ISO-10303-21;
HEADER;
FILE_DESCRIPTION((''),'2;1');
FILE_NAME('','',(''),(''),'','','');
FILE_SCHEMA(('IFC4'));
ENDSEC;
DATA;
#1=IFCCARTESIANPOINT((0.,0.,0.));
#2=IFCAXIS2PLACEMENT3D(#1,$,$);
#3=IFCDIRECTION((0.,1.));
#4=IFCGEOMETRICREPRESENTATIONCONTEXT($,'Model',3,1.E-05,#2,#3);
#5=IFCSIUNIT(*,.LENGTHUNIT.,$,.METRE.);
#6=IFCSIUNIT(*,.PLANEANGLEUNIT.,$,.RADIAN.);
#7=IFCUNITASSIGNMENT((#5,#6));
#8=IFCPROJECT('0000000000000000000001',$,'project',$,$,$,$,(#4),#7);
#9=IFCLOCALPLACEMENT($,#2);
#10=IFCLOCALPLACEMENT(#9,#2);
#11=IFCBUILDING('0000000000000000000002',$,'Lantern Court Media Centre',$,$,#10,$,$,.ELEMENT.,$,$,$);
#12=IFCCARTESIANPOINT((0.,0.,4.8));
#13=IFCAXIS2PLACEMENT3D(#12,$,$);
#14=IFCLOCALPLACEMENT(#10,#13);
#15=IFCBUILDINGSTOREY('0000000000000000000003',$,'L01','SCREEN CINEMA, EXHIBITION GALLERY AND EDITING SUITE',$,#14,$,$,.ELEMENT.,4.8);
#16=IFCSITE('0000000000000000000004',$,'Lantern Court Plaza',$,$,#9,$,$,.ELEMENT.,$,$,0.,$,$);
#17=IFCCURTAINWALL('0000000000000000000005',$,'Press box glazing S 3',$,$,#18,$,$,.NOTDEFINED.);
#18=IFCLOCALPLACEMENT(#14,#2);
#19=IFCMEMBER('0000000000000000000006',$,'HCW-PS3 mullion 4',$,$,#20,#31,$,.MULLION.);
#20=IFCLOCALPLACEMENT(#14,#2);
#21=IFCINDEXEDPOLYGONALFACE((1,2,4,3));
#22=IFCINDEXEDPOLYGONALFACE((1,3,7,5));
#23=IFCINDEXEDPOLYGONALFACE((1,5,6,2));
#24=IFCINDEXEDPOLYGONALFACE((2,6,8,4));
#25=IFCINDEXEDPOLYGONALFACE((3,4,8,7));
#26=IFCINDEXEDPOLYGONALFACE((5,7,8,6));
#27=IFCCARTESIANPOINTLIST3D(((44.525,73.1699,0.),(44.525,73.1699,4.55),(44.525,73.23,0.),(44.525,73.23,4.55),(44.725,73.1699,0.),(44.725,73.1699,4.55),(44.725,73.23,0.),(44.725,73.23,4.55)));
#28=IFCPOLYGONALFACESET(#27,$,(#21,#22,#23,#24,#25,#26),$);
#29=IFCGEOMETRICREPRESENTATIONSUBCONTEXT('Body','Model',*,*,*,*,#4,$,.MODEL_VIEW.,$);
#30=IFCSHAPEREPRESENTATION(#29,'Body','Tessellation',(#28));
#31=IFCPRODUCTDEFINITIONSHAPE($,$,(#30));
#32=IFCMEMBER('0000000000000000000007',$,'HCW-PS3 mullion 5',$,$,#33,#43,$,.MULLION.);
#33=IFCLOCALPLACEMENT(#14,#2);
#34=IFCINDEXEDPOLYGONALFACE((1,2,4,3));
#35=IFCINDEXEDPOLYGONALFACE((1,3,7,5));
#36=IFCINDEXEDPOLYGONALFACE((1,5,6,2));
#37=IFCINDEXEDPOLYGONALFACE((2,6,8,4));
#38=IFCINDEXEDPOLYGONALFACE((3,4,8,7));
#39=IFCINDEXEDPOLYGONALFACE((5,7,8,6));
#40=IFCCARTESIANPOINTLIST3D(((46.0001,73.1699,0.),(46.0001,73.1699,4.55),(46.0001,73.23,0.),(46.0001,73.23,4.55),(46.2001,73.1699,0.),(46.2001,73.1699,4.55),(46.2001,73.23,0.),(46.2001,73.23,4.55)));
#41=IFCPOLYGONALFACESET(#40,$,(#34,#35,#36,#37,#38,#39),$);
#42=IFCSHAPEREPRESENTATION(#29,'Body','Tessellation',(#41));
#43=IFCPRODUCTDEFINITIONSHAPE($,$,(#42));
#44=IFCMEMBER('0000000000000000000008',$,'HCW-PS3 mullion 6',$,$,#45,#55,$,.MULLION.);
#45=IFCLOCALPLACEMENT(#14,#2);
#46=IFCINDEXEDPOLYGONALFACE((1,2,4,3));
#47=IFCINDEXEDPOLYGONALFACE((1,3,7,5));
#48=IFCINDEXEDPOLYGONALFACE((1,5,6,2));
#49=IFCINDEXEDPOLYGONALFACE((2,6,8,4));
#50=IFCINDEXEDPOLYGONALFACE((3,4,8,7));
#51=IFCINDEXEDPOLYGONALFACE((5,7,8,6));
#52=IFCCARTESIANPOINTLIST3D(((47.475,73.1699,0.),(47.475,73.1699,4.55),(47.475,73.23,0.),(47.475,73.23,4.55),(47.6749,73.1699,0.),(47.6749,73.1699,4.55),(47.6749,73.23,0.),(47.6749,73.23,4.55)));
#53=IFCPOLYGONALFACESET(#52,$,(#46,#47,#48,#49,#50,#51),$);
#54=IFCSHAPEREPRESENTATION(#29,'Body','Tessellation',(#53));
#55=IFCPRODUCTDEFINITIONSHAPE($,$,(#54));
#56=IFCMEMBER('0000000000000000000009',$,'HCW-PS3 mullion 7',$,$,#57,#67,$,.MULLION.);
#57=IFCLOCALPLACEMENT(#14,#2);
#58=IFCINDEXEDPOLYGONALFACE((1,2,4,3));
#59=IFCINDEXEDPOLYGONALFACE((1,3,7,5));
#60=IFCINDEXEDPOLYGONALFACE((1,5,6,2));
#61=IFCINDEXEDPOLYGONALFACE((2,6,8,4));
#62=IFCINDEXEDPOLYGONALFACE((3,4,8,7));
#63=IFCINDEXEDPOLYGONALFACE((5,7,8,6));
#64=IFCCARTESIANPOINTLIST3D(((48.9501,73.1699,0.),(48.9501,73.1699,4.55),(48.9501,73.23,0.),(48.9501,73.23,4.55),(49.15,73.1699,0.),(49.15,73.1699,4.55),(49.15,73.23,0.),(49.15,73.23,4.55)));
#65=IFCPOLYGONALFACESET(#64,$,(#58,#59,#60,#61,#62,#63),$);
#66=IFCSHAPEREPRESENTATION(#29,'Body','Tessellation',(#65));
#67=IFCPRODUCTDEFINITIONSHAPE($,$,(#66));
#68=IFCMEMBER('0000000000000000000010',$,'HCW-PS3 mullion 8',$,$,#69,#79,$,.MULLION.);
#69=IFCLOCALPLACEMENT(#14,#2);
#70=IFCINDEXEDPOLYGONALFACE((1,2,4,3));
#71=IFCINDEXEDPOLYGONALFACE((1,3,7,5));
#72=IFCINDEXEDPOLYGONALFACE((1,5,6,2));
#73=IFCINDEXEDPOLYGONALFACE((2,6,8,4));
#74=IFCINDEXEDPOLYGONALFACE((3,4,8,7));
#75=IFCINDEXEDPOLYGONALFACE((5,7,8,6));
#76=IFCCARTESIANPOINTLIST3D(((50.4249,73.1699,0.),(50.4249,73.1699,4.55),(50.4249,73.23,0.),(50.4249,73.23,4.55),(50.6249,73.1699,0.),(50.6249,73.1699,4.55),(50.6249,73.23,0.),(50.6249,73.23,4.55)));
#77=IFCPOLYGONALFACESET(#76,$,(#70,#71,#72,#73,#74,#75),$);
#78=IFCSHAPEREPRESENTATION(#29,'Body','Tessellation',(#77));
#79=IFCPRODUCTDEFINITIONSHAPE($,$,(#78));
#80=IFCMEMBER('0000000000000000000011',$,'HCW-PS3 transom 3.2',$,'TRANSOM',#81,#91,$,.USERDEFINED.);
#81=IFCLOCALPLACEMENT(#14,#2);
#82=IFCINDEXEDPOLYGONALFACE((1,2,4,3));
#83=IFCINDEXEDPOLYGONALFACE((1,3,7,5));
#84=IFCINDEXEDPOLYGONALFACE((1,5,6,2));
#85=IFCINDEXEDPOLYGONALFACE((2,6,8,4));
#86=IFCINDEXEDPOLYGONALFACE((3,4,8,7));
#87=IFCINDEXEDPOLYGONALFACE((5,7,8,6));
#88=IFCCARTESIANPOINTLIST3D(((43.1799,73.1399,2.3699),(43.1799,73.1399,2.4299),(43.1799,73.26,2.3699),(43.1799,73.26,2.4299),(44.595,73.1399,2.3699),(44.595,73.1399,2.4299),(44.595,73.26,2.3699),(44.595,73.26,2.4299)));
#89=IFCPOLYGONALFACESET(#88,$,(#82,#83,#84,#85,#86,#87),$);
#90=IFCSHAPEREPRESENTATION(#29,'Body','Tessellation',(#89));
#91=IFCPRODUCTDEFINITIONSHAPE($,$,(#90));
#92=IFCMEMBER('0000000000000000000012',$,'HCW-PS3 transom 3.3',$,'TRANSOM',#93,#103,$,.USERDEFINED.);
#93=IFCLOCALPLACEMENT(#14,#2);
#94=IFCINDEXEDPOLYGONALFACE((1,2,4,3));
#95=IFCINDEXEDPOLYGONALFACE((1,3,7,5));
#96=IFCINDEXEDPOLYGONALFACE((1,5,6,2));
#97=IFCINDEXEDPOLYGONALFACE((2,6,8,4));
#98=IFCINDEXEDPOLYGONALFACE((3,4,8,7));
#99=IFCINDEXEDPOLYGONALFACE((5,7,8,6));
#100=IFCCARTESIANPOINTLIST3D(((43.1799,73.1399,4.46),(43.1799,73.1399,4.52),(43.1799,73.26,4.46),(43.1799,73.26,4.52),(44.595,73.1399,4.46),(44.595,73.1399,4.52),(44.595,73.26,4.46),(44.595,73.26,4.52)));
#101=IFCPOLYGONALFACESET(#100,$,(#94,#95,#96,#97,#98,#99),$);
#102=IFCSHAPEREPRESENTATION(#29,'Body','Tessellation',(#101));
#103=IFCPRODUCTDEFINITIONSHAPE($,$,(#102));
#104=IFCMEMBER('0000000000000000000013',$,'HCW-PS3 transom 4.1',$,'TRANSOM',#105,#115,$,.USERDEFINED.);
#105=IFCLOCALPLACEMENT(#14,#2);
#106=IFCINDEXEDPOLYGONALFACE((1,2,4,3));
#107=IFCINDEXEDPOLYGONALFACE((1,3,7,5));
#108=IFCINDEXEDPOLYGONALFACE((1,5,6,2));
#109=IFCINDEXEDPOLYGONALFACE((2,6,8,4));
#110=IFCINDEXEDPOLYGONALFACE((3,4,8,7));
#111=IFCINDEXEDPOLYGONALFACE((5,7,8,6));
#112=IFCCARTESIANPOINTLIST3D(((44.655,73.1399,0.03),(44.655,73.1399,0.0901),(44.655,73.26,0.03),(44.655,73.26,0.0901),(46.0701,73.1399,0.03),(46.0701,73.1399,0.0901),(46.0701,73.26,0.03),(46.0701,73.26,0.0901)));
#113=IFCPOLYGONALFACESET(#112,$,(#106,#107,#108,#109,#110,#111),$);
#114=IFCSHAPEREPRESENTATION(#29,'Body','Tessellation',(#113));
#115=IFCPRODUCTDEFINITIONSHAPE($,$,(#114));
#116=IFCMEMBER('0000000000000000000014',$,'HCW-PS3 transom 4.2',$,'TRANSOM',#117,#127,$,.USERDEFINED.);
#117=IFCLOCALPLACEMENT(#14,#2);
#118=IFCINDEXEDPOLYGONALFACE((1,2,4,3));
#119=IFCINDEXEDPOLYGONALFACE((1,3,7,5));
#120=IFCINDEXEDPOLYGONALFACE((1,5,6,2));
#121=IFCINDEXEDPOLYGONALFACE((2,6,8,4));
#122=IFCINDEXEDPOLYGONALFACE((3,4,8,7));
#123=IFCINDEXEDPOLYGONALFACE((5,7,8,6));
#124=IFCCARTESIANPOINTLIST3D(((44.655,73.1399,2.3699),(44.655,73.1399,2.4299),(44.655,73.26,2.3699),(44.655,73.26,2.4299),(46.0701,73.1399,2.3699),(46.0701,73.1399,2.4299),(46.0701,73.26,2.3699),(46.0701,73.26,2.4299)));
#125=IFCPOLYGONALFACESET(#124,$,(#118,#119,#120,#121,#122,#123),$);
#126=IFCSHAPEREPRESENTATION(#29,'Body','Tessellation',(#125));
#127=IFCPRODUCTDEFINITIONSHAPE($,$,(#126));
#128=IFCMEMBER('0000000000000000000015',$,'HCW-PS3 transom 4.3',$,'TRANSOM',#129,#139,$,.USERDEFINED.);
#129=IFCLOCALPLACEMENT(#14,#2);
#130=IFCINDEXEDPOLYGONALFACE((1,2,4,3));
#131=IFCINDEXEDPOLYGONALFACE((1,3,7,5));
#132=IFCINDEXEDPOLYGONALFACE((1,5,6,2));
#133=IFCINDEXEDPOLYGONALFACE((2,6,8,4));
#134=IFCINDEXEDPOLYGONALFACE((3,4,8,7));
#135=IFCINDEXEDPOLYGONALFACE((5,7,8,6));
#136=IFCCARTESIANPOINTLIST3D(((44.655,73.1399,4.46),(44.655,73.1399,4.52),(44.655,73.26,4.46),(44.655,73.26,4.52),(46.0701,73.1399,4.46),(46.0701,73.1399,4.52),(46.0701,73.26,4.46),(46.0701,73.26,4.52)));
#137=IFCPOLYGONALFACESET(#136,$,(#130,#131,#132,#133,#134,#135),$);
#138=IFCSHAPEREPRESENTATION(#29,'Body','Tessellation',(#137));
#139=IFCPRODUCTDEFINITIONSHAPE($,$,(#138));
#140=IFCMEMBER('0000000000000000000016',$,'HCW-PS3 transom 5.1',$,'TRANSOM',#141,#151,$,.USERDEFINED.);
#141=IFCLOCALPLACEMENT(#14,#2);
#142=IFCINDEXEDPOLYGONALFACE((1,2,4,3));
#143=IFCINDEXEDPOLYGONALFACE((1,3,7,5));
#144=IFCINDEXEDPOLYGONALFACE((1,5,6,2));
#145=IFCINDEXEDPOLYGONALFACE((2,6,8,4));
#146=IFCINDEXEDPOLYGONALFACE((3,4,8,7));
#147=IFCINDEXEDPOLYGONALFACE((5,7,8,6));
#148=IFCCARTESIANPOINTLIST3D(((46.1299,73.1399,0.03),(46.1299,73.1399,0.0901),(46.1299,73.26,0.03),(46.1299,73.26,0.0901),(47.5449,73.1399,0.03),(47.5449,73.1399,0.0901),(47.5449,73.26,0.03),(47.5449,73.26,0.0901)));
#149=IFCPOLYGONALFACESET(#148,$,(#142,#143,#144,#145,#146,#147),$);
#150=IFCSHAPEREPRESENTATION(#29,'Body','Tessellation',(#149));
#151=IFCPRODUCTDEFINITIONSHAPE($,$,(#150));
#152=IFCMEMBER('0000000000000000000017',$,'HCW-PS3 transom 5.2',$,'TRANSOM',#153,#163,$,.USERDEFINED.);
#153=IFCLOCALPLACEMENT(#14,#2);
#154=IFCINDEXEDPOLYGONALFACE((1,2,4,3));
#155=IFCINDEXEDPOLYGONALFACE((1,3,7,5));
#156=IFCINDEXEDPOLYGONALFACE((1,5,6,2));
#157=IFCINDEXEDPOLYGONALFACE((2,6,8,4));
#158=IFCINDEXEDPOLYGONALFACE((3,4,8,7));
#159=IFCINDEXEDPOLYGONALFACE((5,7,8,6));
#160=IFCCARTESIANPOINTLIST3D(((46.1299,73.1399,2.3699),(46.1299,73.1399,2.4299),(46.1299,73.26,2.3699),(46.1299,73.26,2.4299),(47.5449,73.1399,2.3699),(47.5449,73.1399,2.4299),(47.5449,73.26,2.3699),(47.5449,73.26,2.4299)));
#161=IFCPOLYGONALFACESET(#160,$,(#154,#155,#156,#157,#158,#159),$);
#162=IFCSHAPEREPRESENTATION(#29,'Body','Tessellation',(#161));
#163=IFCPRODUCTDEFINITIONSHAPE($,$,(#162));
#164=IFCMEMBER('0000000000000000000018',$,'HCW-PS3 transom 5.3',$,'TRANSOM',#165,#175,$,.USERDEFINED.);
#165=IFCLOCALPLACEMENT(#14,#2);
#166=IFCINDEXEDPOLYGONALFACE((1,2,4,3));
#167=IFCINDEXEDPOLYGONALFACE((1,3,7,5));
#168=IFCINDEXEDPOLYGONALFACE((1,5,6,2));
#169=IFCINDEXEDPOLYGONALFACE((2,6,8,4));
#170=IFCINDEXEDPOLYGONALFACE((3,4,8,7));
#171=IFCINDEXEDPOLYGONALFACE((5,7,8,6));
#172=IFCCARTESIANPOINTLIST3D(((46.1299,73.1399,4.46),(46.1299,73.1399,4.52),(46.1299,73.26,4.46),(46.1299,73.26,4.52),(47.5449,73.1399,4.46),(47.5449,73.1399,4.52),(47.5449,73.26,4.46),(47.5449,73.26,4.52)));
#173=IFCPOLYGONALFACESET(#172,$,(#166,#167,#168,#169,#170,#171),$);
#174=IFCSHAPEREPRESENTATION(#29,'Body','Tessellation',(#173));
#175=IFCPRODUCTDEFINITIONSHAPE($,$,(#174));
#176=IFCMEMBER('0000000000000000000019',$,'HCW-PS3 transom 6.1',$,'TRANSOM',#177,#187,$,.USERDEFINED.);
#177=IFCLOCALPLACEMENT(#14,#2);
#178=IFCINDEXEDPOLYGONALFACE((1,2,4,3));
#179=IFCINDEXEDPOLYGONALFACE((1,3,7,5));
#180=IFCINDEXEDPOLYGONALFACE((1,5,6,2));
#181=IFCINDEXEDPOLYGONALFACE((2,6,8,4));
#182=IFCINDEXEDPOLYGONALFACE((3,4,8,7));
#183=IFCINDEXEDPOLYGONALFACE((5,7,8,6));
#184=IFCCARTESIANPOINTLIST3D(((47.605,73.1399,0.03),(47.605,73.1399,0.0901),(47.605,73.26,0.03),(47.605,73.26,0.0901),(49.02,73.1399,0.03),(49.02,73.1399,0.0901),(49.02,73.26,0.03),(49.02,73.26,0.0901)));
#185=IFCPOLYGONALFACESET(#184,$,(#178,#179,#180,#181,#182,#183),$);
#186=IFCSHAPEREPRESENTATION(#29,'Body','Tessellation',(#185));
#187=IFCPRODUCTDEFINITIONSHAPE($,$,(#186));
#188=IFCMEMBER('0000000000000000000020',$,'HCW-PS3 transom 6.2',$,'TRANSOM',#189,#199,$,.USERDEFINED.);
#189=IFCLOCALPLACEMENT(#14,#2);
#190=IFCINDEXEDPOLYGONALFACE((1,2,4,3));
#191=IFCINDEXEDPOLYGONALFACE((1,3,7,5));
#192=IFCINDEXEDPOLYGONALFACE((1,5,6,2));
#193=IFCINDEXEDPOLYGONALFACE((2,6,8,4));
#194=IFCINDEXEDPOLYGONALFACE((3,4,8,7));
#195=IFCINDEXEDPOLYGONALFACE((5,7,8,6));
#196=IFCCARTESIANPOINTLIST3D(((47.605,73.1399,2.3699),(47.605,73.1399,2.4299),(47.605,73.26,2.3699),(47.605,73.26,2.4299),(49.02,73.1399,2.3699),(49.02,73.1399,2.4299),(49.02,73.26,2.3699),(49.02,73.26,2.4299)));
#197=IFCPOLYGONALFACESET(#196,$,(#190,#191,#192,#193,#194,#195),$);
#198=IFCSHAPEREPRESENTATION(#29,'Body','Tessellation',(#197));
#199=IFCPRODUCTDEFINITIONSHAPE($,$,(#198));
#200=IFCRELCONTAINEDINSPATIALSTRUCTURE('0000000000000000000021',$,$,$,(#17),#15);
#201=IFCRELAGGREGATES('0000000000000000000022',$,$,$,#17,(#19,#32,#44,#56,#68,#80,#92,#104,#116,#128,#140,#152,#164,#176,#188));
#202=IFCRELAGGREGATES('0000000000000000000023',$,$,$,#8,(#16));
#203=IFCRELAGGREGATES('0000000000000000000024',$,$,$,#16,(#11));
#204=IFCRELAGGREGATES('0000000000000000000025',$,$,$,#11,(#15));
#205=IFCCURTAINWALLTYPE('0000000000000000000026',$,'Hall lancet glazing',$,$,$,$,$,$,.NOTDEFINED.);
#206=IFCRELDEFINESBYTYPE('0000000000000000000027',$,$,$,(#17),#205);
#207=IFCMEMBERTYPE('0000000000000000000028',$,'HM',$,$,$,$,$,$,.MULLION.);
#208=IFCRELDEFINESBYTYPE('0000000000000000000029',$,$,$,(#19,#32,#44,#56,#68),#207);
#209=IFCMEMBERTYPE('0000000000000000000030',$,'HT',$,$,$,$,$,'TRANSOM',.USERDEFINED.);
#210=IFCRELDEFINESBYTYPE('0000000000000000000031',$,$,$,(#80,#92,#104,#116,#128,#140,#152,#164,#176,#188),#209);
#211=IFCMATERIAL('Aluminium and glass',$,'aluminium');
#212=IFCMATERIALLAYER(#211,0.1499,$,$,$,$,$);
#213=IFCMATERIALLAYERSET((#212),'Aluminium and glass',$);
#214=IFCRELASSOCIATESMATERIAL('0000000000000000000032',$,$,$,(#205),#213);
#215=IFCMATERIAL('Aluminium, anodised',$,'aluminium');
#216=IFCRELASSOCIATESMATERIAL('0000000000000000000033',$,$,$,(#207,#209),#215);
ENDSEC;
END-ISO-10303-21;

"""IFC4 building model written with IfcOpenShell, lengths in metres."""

from ifc_helpers import new_model, si_unit, direction, frame, origin, origin_2d, place, context, subcontext, project, spatial, rectangle, extrude, material, layer, layer_set, material_profile, profile_set, type_object, element, aggregate, save


model = new_model("IFC4")

# Units and contexts
model_context = context("Model", 3, precision=1e-05, world=origin(), true_north=direction((0.0, 1.0)))
body_context = subcontext(model_context, "Body", "Model", "MODEL_VIEW")
ifc_project = project(units=[si_unit("LENGTHUNIT", "METRE"), si_unit("PLANEANGLEUNIT", "RADIAN")], contexts=[model_context])

# Site, building, storey
site_placement = place(None, origin())
site = spatial("IfcSite", under=ifc_project, at=site_placement, Name="Lantern Court Plaza", CompositionType="ELEMENT", RefElevation=0.0)
building_placement = place(site_placement, origin())
building = spatial("IfcBuilding", under=site, at=building_placement, Name="Lantern Court Media Centre", CompositionType="ELEMENT")
storey_placement = place(building_placement, frame((0.0, 0.0, 4.8)))
storey = spatial("IfcBuildingStorey", under=building, at=storey_placement, Name="L01", Description="SCREEN CINEMA, EXHIBITION GALLERY AND EDITING SUITE", CompositionType="ELEMENT", Elevation=4.8)

# Curtain wall, members
ifc_material_1 = material(Name="Aluminium and glass", Category="aluminium")
ifc_layer_1 = layer(ifc_material_1, 0.1499)
ifc_layer_set_1 = layer_set([ifc_layer_1], Name="Aluminium and glass")
curtain_wall_type = type_object("IfcCurtainWallType", Name="Hall lancet glazing", PredefinedType="NOTDEFINED", material=ifc_layer_set_1)
curtain_wall_placement = place(storey_placement, origin())
curtain_wall = element("IfcCurtainWall", 1, at=curtain_wall_placement, inside=storey, type_object=curtain_wall_type, Name="Press box glazing S 3", PredefinedType="NOTDEFINED")
ifc_material_2 = material(Name="Aluminium, anodised", Category="aluminium")
ifc_material_profile_1 = material_profile(ifc_material_2, rectangle(XDim=0.0601, YDim=0.2, at=origin_2d()), Name="HM")
ifc_profile_set_1 = profile_set([ifc_material_profile_1], Name="Aluminium, anodised")
member_type_1 = type_object("IfcMemberType", Name="HM", PredefinedType="MULLION", material=ifc_profile_set_1)
member_1_placement = place(storey_placement, frame((44.625, 73.2, 0.0), z_axis=(0.0, 0.0, 1.0), x_axis=(0.0, 1.0, 0.0)))
member_1 = element("IfcMember", 2, at=member_1_placement, type_object=member_type_1, Name="HCW-PS3 mullion 4", PredefinedType="MULLION", context=body_context, shape_type="SweptSolid", body=[
    extrude(rectangle(XDim=0.0601, YDim=0.2, at=origin_2d()), origin(), (0.0, 0.0, 1.0), 4.55),
])
member_2_placement = place(storey_placement, frame((46.1001, 73.2, 0.0), z_axis=(0.0, 0.0, 1.0), x_axis=(0.0, 1.0, 0.0)))
member_2 = element("IfcMember", 3, at=member_2_placement, type_object=member_type_1, Name="HCW-PS3 mullion 5", PredefinedType="MULLION", context=body_context, shape_type="SweptSolid", body=[
    extrude(rectangle(XDim=0.0601, YDim=0.2, at=origin_2d()), origin(), (0.0, 0.0, 1.0), 4.55),
])
member_3_placement = place(storey_placement, frame((47.575, 73.2, 0.0), z_axis=(0.0, 0.0, 1.0), x_axis=(0.0, 1.0, 0.0)))
member_3 = element("IfcMember", 4, at=member_3_placement, type_object=member_type_1, Name="HCW-PS3 mullion 6", PredefinedType="MULLION", context=body_context, shape_type="SweptSolid", body=[
    extrude(rectangle(XDim=0.0601, YDim=0.2, at=origin_2d()), origin(), (0.0, 0.0, 1.0), 4.55),
])
member_4_placement = place(storey_placement, frame((49.05, 73.2, 0.0), z_axis=(0.0, 0.0, 1.0), x_axis=(0.0, 1.0, 0.0)))
member_4 = element("IfcMember", 5, at=member_4_placement, type_object=member_type_1, Name="HCW-PS3 mullion 7", PredefinedType="MULLION", context=body_context, shape_type="SweptSolid", body=[
    extrude(rectangle(XDim=0.0601, YDim=0.2, at=origin_2d()), origin(), (0.0, 0.0, 1.0), 4.55),
])
member_5_placement = place(storey_placement, frame((50.5249, 73.2, 0.0), z_axis=(0.0, 0.0, 1.0), x_axis=(0.0, 1.0, 0.0)))
member_5 = element("IfcMember", 6, at=member_5_placement, type_object=member_type_1, Name="HCW-PS3 mullion 8", PredefinedType="MULLION", context=body_context, shape_type="SweptSolid", body=[
    extrude(rectangle(XDim=0.0601, YDim=0.2, at=origin_2d()), origin(), (0.0, 0.0, 1.0), 4.55),
])
ifc_material_profile_2 = material_profile(ifc_material_2, rectangle(XDim=0.1201, YDim=0.0601, at=origin_2d()), Name="HT")
ifc_profile_set_2 = profile_set([ifc_material_profile_2], Name="Aluminium, anodised")
member_type_2 = type_object("IfcMemberType", Name="HT", ElementType="TRANSOM", PredefinedType="USERDEFINED", material=ifc_profile_set_2)
member_6_placement = place(storey_placement, frame((43.1799, 73.2, 2.3999), z_axis=(1.0, 0.0, 0.0), x_axis=(0.0, 1.0, 0.0)))
member_6 = element("IfcMember", 7, at=member_6_placement, type_object=member_type_2, Name="HCW-PS3 transom 3.2", ObjectType="TRANSOM", PredefinedType="USERDEFINED", context=body_context, shape_type="SweptSolid", body=[
    extrude(rectangle(XDim=0.1201, YDim=0.0601, at=origin_2d()), origin(), (0.0, 0.0, 1.0), 1.415),
])
member_7_placement = place(storey_placement, frame((43.1799, 73.2, 4.49), z_axis=(1.0, 0.0, 0.0), x_axis=(0.0, 1.0, 0.0)))
member_7 = element("IfcMember", 8, at=member_7_placement, type_object=member_type_2, Name="HCW-PS3 transom 3.3", ObjectType="TRANSOM", PredefinedType="USERDEFINED", context=body_context, shape_type="SweptSolid", body=[
    extrude(rectangle(XDim=0.1201, YDim=0.0601, at=origin_2d()), origin(), (0.0, 0.0, 1.0), 1.415),
])
member_8_placement = place(storey_placement, frame((44.655, 73.2, 0.0601), z_axis=(1.0, 0.0, 0.0), x_axis=(0.0, 1.0, 0.0)))
member_8 = element("IfcMember", 9, at=member_8_placement, type_object=member_type_2, Name="HCW-PS3 transom 4.1", ObjectType="TRANSOM", PredefinedType="USERDEFINED", context=body_context, shape_type="SweptSolid", body=[
    extrude(rectangle(XDim=0.1201, YDim=0.0601, at=origin_2d()), origin(), (0.0, 0.0, 1.0), 1.415),
])
member_9_placement = place(storey_placement, frame((44.655, 73.2, 2.3999), z_axis=(1.0, 0.0, 0.0), x_axis=(0.0, 1.0, 0.0)))
member_9 = element("IfcMember", 10, at=member_9_placement, type_object=member_type_2, Name="HCW-PS3 transom 4.2", ObjectType="TRANSOM", PredefinedType="USERDEFINED", context=body_context, shape_type="SweptSolid", body=[
    extrude(rectangle(XDim=0.1201, YDim=0.0601, at=origin_2d()), origin(), (0.0, 0.0, 1.0), 1.415),
])
member_10_placement = place(storey_placement, frame((44.655, 73.2, 4.49), z_axis=(1.0, 0.0, 0.0), x_axis=(0.0, 1.0, 0.0)))
member_10 = element("IfcMember", 11, at=member_10_placement, type_object=member_type_2, Name="HCW-PS3 transom 4.3", ObjectType="TRANSOM", PredefinedType="USERDEFINED", context=body_context, shape_type="SweptSolid", body=[
    extrude(rectangle(XDim=0.1201, YDim=0.0601, at=origin_2d()), origin(), (0.0, 0.0, 1.0), 1.415),
])
member_11_placement = place(storey_placement, frame((46.1299, 73.2, 0.0601), z_axis=(1.0, 0.0, 0.0), x_axis=(0.0, 1.0, 0.0)))
member_11 = element("IfcMember", 12, at=member_11_placement, type_object=member_type_2, Name="HCW-PS3 transom 5.1", ObjectType="TRANSOM", PredefinedType="USERDEFINED", context=body_context, shape_type="SweptSolid", body=[
    extrude(rectangle(XDim=0.1201, YDim=0.0601, at=origin_2d()), origin(), (0.0, 0.0, 1.0), 1.415),
])
member_12_placement = place(storey_placement, frame((46.1299, 73.2, 2.3999), z_axis=(1.0, 0.0, 0.0), x_axis=(0.0, 1.0, 0.0)))
member_12 = element("IfcMember", 13, at=member_12_placement, type_object=member_type_2, Name="HCW-PS3 transom 5.2", ObjectType="TRANSOM", PredefinedType="USERDEFINED", context=body_context, shape_type="SweptSolid", body=[
    extrude(rectangle(XDim=0.1201, YDim=0.0601, at=origin_2d()), origin(), (0.0, 0.0, 1.0), 1.415),
])
member_13_placement = place(storey_placement, frame((46.1299, 73.2, 4.49), z_axis=(1.0, 0.0, 0.0), x_axis=(0.0, 1.0, 0.0)))
member_13 = element("IfcMember", 14, at=member_13_placement, type_object=member_type_2, Name="HCW-PS3 transom 5.3", ObjectType="TRANSOM", PredefinedType="USERDEFINED", context=body_context, shape_type="SweptSolid", body=[
    extrude(rectangle(XDim=0.1201, YDim=0.0601, at=origin_2d()), origin(), (0.0, 0.0, 1.0), 1.415),
])
member_14_placement = place(storey_placement, frame((47.605, 73.2, 0.0601), z_axis=(1.0, 0.0, 0.0), x_axis=(0.0, 1.0, 0.0)))
member_14 = element("IfcMember", 15, at=member_14_placement, type_object=member_type_2, Name="HCW-PS3 transom 6.1", ObjectType="TRANSOM", PredefinedType="USERDEFINED", context=body_context, shape_type="SweptSolid", body=[
    extrude(rectangle(XDim=0.1201, YDim=0.0601, at=origin_2d()), origin(), (0.0, 0.0, 1.0), 1.415),
])
member_15_placement = place(storey_placement, frame((47.605, 73.2, 2.3999), z_axis=(1.0, 0.0, 0.0), x_axis=(0.0, 1.0, 0.0)))
member_15 = element("IfcMember", 16, at=member_15_placement, type_object=member_type_2, Name="HCW-PS3 transom 6.2", ObjectType="TRANSOM", PredefinedType="USERDEFINED", context=body_context, shape_type="SweptSolid", body=[
    extrude(rectangle(XDim=0.1201, YDim=0.0601, at=origin_2d()), origin(), (0.0, 0.0, 1.0), 1.415),
])
aggregate(curtain_wall, [member_1, member_2, member_3, member_4, member_5, member_6, member_7, member_8, member_9, member_10, member_11, member_12, member_13, member_14, member_15])

save(model, "model.ifc")
